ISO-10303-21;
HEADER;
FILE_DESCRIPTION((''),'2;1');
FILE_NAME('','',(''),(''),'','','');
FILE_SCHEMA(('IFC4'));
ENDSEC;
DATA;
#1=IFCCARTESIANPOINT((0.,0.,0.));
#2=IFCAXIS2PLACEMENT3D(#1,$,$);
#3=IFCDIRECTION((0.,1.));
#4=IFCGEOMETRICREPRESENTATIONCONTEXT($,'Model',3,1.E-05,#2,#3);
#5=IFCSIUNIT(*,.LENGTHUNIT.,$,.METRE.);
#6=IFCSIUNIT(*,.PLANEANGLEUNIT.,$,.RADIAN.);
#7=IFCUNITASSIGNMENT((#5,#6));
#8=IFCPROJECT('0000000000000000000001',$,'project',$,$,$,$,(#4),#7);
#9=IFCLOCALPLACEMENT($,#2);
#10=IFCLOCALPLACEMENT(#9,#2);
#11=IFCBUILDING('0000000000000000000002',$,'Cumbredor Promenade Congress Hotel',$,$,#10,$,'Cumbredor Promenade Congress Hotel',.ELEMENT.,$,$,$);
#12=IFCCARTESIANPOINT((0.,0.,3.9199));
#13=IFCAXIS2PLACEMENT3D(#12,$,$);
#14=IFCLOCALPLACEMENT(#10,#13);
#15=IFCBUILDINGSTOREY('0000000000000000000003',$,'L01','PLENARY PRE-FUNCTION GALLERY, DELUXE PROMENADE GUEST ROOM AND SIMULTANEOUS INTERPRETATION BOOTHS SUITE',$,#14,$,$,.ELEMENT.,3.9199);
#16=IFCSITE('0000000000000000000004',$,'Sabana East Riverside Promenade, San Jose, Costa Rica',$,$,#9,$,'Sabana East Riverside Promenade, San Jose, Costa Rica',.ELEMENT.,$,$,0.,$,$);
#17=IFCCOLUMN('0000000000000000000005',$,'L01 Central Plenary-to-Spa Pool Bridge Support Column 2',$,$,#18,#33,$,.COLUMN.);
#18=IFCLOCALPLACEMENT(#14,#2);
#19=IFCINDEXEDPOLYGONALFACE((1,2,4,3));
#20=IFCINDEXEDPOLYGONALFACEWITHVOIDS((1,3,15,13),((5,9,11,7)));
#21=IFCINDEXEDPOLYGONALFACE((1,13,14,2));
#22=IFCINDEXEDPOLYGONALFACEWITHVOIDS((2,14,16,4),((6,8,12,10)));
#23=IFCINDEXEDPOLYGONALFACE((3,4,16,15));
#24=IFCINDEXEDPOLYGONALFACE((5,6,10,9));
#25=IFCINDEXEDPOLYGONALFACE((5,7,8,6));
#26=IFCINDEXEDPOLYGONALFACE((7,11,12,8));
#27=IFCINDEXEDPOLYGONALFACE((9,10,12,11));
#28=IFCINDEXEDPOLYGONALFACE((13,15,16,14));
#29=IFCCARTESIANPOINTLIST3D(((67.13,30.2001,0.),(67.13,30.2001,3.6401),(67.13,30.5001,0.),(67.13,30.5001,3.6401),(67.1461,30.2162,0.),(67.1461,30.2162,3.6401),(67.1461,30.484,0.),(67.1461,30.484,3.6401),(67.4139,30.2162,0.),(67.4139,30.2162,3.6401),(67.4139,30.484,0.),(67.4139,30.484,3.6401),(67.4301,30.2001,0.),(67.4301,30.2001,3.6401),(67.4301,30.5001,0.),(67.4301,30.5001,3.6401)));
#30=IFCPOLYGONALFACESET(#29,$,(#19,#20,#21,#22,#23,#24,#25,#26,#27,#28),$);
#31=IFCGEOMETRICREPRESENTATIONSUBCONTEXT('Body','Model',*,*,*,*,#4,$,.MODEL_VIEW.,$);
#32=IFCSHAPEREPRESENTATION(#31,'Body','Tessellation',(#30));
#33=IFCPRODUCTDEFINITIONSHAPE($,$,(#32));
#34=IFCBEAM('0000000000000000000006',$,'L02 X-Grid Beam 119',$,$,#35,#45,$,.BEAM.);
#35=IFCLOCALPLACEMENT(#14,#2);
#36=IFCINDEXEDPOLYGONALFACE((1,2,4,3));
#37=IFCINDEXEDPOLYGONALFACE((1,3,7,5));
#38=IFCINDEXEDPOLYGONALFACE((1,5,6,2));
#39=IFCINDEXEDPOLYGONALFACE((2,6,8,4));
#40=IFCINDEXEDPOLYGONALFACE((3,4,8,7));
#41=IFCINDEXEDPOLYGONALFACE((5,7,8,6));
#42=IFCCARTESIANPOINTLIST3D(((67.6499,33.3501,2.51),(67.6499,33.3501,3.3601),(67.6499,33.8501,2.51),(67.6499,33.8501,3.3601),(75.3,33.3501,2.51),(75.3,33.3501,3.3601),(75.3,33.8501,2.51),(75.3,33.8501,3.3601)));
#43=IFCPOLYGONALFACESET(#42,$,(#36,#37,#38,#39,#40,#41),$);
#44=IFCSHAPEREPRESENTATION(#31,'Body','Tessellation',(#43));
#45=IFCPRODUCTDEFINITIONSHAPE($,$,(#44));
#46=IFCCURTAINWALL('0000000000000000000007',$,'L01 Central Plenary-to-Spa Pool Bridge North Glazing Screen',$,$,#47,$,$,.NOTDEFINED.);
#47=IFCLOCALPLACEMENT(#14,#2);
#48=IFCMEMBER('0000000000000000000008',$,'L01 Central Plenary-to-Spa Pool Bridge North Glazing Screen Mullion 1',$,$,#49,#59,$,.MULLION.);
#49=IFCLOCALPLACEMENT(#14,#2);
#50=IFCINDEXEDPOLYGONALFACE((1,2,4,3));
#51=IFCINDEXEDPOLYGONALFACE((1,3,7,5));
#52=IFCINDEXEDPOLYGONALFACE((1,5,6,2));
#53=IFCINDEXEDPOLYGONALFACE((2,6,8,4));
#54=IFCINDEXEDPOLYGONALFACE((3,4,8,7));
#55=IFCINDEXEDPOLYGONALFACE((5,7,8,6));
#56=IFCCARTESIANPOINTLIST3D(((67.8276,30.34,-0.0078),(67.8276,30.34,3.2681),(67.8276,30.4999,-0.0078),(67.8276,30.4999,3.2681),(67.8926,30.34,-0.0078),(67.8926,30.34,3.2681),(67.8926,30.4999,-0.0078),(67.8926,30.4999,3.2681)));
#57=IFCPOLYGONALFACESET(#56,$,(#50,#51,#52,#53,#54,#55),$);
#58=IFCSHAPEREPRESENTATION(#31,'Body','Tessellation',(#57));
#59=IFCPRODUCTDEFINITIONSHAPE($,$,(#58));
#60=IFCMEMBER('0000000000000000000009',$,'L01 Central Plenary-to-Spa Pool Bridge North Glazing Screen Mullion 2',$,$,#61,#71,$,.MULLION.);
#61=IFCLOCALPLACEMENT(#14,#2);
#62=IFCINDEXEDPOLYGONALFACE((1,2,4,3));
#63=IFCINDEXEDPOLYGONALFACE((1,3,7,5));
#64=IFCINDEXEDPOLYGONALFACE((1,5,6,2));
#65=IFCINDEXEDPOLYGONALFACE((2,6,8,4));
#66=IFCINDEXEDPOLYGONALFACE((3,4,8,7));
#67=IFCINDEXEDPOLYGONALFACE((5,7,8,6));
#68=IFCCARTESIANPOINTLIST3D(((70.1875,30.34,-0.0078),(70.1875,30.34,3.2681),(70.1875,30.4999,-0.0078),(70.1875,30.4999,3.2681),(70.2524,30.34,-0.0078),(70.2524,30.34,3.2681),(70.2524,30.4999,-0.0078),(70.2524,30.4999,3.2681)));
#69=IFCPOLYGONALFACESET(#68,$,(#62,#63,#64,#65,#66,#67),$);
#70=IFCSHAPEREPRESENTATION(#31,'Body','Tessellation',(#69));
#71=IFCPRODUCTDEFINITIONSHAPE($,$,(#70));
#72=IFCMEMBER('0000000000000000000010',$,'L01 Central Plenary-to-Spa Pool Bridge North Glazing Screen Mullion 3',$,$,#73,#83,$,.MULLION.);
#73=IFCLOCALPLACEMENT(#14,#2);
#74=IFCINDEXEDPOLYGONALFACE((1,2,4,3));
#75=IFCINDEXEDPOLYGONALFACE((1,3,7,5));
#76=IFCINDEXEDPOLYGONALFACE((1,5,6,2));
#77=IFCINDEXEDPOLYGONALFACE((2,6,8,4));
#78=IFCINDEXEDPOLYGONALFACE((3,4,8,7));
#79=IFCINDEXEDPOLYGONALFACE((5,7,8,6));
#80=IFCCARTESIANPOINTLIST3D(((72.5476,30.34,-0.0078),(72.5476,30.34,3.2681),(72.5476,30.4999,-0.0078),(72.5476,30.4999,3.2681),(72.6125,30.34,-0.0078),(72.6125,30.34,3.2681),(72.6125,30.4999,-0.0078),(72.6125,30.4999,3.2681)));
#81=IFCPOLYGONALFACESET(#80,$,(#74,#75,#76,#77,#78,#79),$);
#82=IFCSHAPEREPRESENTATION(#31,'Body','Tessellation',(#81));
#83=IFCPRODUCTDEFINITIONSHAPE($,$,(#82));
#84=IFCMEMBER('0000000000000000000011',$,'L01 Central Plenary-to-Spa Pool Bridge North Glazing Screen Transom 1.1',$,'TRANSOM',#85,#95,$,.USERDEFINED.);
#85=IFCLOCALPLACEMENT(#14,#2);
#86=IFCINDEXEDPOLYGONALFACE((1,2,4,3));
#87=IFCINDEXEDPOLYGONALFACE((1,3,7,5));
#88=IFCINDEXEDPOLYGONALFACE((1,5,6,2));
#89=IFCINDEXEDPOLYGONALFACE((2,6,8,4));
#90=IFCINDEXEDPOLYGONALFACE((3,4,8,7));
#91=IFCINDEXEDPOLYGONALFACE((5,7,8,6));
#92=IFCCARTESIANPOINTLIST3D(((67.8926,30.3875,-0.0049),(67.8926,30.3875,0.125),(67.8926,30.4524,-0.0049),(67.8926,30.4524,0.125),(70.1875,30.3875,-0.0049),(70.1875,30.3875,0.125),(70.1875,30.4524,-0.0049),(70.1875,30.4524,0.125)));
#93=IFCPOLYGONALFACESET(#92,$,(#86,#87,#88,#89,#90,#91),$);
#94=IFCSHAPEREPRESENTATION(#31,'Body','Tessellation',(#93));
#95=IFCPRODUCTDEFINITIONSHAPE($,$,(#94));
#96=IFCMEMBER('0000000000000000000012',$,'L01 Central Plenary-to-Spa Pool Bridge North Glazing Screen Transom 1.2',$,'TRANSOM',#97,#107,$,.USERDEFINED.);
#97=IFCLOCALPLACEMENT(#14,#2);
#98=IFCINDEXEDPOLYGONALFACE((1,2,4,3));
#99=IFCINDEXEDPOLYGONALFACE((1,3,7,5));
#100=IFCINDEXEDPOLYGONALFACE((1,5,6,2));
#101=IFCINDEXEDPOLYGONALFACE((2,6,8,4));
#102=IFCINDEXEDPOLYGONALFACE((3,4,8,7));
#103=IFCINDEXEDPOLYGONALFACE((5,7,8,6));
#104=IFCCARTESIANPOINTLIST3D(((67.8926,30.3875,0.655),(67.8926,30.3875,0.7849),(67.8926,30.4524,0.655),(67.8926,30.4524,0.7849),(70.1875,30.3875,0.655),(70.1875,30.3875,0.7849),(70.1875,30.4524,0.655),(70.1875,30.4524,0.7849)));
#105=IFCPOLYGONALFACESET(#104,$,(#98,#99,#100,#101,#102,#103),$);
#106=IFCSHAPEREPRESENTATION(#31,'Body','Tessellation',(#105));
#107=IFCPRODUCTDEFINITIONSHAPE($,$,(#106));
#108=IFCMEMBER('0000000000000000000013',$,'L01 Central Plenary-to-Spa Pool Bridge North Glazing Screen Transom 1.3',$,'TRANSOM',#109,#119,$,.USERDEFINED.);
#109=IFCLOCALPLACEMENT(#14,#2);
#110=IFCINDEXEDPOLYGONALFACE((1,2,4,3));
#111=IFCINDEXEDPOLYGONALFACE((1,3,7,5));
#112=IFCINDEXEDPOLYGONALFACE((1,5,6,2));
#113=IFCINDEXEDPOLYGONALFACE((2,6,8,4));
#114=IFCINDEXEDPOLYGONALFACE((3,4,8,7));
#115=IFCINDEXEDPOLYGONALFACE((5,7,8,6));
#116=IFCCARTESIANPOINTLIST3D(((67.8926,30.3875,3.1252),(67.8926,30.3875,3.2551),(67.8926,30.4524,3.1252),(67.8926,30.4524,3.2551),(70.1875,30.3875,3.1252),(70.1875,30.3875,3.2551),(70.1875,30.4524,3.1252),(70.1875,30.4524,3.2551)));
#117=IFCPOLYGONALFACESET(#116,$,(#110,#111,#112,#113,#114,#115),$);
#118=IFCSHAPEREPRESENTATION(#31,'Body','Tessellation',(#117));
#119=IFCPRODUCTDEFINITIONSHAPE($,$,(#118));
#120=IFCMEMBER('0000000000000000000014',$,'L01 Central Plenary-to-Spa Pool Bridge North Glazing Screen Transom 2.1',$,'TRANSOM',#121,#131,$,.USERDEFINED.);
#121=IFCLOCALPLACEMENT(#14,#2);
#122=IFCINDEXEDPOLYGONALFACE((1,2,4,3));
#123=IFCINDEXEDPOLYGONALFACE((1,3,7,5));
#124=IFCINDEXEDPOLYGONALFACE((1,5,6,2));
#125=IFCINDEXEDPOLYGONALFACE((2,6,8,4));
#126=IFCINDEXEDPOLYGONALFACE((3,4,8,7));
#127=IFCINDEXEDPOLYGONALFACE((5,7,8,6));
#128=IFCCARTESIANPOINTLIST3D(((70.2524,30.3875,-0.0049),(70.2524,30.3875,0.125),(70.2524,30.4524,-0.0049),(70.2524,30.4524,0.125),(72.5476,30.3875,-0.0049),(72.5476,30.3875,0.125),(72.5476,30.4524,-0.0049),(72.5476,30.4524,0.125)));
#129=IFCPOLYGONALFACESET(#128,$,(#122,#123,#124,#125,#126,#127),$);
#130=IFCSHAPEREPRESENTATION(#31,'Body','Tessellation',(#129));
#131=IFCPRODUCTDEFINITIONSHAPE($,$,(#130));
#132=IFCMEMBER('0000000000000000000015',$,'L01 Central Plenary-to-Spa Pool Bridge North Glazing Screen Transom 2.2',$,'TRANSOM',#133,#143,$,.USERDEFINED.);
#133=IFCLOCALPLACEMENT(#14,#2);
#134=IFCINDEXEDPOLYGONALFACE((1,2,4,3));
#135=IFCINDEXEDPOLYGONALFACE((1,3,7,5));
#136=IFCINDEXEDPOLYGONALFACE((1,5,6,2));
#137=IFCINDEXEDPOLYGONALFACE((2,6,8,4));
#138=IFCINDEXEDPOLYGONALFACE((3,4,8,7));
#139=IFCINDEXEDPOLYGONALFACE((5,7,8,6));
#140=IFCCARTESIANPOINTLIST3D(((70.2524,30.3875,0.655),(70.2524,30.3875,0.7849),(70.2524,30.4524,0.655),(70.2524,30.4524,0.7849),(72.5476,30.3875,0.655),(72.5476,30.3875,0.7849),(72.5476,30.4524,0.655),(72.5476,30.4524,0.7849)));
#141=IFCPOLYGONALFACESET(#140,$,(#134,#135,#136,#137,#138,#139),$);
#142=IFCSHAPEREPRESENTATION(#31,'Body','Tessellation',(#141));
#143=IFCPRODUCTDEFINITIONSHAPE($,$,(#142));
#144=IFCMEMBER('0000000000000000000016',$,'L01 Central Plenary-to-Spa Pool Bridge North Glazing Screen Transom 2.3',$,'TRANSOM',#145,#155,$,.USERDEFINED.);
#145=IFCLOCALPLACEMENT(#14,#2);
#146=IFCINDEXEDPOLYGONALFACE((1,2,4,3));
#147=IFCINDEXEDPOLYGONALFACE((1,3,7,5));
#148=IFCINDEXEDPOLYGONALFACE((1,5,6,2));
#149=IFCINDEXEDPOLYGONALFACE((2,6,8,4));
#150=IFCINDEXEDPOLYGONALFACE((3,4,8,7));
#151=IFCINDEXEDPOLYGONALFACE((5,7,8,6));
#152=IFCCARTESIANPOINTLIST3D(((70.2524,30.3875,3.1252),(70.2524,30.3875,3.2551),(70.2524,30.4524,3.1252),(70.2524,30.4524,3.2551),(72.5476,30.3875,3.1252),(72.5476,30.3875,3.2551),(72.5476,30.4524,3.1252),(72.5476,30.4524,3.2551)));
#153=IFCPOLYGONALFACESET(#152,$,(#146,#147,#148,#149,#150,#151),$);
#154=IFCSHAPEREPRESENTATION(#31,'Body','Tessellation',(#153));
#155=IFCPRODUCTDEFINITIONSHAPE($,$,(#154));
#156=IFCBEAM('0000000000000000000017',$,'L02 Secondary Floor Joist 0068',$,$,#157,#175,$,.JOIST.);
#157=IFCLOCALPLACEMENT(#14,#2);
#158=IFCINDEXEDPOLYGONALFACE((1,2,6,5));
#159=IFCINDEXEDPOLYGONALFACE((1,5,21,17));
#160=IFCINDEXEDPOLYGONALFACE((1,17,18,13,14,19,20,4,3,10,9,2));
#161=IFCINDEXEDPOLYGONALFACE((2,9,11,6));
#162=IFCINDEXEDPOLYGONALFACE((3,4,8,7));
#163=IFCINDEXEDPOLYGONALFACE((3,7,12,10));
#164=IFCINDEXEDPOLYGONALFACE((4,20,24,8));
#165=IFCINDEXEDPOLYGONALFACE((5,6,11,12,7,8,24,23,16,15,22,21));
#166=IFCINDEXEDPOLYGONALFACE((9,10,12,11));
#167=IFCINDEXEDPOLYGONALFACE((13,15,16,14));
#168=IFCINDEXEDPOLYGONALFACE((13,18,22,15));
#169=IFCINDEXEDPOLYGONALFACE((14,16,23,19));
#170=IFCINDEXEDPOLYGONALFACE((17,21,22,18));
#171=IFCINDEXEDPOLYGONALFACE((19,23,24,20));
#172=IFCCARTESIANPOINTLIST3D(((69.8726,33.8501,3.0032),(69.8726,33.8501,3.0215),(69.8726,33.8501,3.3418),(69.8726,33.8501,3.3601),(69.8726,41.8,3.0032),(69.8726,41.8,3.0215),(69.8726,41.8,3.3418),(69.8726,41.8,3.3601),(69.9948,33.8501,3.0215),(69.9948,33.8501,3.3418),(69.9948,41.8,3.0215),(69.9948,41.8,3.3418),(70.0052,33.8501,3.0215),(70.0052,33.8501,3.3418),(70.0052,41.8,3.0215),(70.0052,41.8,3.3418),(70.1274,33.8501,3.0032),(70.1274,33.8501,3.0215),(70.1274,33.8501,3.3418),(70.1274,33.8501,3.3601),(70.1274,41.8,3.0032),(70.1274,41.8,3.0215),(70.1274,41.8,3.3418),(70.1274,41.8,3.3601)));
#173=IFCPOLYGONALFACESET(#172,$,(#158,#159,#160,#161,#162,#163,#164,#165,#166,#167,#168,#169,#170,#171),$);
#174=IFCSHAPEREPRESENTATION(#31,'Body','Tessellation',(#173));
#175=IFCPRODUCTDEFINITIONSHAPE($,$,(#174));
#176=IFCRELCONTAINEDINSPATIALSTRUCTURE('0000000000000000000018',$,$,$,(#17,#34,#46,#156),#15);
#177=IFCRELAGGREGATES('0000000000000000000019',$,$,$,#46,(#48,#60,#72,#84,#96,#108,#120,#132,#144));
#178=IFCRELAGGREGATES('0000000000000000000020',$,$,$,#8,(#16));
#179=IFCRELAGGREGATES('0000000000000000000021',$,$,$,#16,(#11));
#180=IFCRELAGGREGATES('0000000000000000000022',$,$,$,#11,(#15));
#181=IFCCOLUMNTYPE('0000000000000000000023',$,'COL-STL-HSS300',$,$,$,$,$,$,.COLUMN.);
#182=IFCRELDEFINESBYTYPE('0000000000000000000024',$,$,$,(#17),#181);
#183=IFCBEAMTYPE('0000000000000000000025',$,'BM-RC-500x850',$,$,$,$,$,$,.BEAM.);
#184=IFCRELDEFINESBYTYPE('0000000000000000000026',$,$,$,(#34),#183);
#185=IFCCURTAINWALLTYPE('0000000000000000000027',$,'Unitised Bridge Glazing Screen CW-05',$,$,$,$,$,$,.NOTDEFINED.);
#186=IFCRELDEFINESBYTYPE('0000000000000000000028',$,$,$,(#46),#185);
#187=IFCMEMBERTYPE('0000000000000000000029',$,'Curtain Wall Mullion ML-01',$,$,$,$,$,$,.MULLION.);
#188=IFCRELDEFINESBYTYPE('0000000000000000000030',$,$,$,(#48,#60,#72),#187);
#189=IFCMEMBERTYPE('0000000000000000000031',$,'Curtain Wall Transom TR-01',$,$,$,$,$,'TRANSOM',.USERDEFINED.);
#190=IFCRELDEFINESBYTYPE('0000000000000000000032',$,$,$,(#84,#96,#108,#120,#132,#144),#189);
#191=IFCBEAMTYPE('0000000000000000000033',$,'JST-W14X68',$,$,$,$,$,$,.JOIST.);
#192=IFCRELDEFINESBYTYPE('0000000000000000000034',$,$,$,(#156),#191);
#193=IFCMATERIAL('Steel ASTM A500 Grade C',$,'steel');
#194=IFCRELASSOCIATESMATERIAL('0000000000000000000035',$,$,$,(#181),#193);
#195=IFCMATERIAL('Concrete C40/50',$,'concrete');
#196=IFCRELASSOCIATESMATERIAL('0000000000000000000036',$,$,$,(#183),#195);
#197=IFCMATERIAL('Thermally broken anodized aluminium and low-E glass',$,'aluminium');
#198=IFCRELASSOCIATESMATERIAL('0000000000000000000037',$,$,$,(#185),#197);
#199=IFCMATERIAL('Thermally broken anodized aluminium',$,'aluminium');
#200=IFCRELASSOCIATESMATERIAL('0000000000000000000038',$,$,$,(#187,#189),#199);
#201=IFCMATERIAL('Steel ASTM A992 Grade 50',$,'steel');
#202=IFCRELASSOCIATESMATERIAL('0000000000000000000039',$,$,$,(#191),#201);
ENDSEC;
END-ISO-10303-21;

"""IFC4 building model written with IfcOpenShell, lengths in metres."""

from ifc_helpers import new_model, si_unit, direction, frame, origin, origin_2d, place, context, subcontext, project, spatial, rectangle, hollow_rectangle, i_section, extrude, material, material_profile, profile_set, type_object, element, aggregate, save


model = new_model("IFC4")

# Units and contexts
model_context = context("Model", 3, precision=1e-05, world=origin(), true_north=direction((0.0, 1.0)))
body_context = subcontext(model_context, "Body", "Model", "MODEL_VIEW")
ifc_project = project(units=[si_unit("LENGTHUNIT", "METRE"), si_unit("PLANEANGLEUNIT", "RADIAN")], contexts=[model_context])

# Site, building, storey
site_placement = place(None, origin())
site = spatial("IfcSite", under=ifc_project, at=site_placement, Name="Sabana East Riverside Promenade, San Jose, Costa Rica", LongName="Sabana East Riverside Promenade, San Jose, Costa Rica", CompositionType="ELEMENT", RefElevation=0.0)
building_placement = place(site_placement, origin())
building = spatial("IfcBuilding", under=site, at=building_placement, Name="Cumbredor Promenade Congress Hotel", LongName="Cumbredor Promenade Congress Hotel", CompositionType="ELEMENT")
storey_placement = place(building_placement, frame((0.0, 0.0, 3.9199)))
storey = spatial("IfcBuildingStorey", under=building, at=storey_placement, Name="L01", Description="PLENARY PRE-FUNCTION GALLERY, DELUXE PROMENADE GUEST ROOM AND SIMULTANEOUS INTERPRETATION BOOTHS SUITE", CompositionType="ELEMENT", Elevation=3.9199)

# Column
ifc_material_1 = material(Name="Steel ASTM A500 Grade C", Category="steel")
ifc_material_profile_1 = material_profile(ifc_material_1, hollow_rectangle(XDim=0.3, YDim=0.3, WallThickness=0.0161, at=origin_2d()), Name="HSS 300x300x16")
ifc_profile_set_1 = profile_set([ifc_material_profile_1], Name="Steel ASTM A500 Grade C")
column_type = type_object("IfcColumnType", Name="COL-STL-HSS300", PredefinedType="COLUMN", material=ifc_profile_set_1)
column_placement = place(storey_placement, frame((67.28, 30.3501, 0.0), z_axis=(0.0, 0.0, 1.0), x_axis=(1.0, 0.0, 0.0)))
element("IfcColumn", 1, at=column_placement, inside=storey, type_object=column_type, Name="L01 Central Plenary-to-Spa Pool Bridge Support Column 2", PredefinedType="COLUMN", context=body_context, shape_type="SweptSolid", body=[
    extrude(hollow_rectangle(XDim=0.3, YDim=0.3, WallThickness=0.0161, at=origin_2d()), origin(), (0.0, 0.0, 1.0), 3.6401),
])

# Beam
ifc_material_2 = material(Name="Concrete C40/50", Category="concrete")
ifc_material_profile_2 = material_profile(ifc_material_2, rectangle(XDim=0.5, YDim=0.8501, at=origin_2d()), Name="RC BEAM 500x850")
ifc_profile_set_2 = profile_set([ifc_material_profile_2], Name="Concrete C40/50")
beam_type_1 = type_object("IfcBeamType", Name="BM-RC-500x850", PredefinedType="BEAM", material=ifc_profile_set_2)
beam_1_placement = place(storey_placement, frame((67.6499, 33.6001, 2.9351), z_axis=(1.0, 0.0, 0.0), x_axis=(0.0, 1.0, 0.0)))
element("IfcBeam", 2, at=beam_1_placement, inside=storey, type_object=beam_type_1, Name="L02 X-Grid Beam 119", PredefinedType="BEAM", context=body_context, shape_type="SweptSolid", body=[
    extrude(rectangle(XDim=0.5, YDim=0.8501, at=origin_2d()), origin(), (0.0, 0.0, 1.0), 7.6501),
])

# Curtain wall, members
ifc_material_3 = material(Name="Thermally broken anodized aluminium and low-E glass", Category="aluminium")
curtain_wall_type = type_object("IfcCurtainWallType", Name="Unitised Bridge Glazing Screen CW-05", PredefinedType="NOTDEFINED", material=ifc_material_3)
curtain_wall_placement = place(storey_placement, origin())
curtain_wall = element("IfcCurtainWall", 3, at=curtain_wall_placement, inside=storey, type_object=curtain_wall_type, Name="L01 Central Plenary-to-Spa Pool Bridge North Glazing Screen", PredefinedType="NOTDEFINED")
ifc_material_4 = material(Name="Thermally broken anodized aluminium", Category="aluminium")
ifc_material_profile_3 = material_profile(ifc_material_4, rectangle(XDim=0.0649, YDim=0.1599, at=origin_2d()), Name="ALU MULLION 65x160")
ifc_profile_set_3 = profile_set([ifc_material_profile_3], Name="Thermally broken anodized aluminium")
member_type_1 = type_object("IfcMemberType", Name="Curtain Wall Mullion ML-01", PredefinedType="MULLION", material=ifc_profile_set_3)
member_1_placement = place(storey_placement, frame((67.8601, 30.4199, -0.0078), z_axis=(0.0, 0.0, 1.0), x_axis=(1.0, 0.0, 0.0)))
member_1 = element("IfcMember", 4, at=member_1_placement, type_object=member_type_1, Name="L01 Central Plenary-to-Spa Pool Bridge North Glazing Screen Mullion 1", PredefinedType="MULLION", context=body_context, shape_type="SweptSolid", body=[
    extrude(rectangle(XDim=0.0649, YDim=0.1599, at=origin_2d()), origin(), (0.0, 0.0, 1.0), 3.2759),
])
member_2_placement = place(storey_placement, frame((70.22, 30.4199, -0.0078), z_axis=(0.0, 0.0, 1.0), x_axis=(1.0, 0.0, 0.0)))
member_2 = element("IfcMember", 5, at=member_2_placement, type_object=member_type_1, Name="L01 Central Plenary-to-Spa Pool Bridge North Glazing Screen Mullion 2", PredefinedType="MULLION", context=body_context, shape_type="SweptSolid", body=[
    extrude(rectangle(XDim=0.0649, YDim=0.1599, at=origin_2d()), origin(), (0.0, 0.0, 1.0), 3.2759),
])
member_3_placement = place(storey_placement, frame((72.5801, 30.4199, -0.0078), z_axis=(0.0, 0.0, 1.0), x_axis=(1.0, 0.0, 0.0)))
member_3 = element("IfcMember", 6, at=member_3_placement, type_object=member_type_1, Name="L01 Central Plenary-to-Spa Pool Bridge North Glazing Screen Mullion 3", PredefinedType="MULLION", context=body_context, shape_type="SweptSolid", body=[
    extrude(rectangle(XDim=0.0649, YDim=0.1599, at=origin_2d()), origin(), (0.0, 0.0, 1.0), 3.2759),
])
ifc_material_profile_4 = material_profile(ifc_material_4, rectangle(XDim=0.0649, YDim=0.1299, at=origin_2d()), Name="ALU TRANSOM 65x130")
ifc_profile_set_4 = profile_set([ifc_material_profile_4], Name="Thermally broken anodized aluminium")
member_type_2 = type_object("IfcMemberType", Name="Curtain Wall Transom TR-01", ElementType="TRANSOM", PredefinedType="USERDEFINED", material=ifc_profile_set_4)
member_4_placement = place(storey_placement, frame((67.8926, 30.4199, 0.0601), z_axis=(1.0, 0.0, 0.0), x_axis=(0.0, 1.0, 0.0)))
member_4 = element("IfcMember", 7, at=member_4_placement, type_object=member_type_2, Name="L01 Central Plenary-to-Spa Pool Bridge North Glazing Screen Transom 1.1", ObjectType="TRANSOM", PredefinedType="USERDEFINED", context=body_context, shape_type="SweptSolid", body=[
    extrude(rectangle(XDim=0.0649, YDim=0.1299, at=origin_2d()), origin(), (0.0, 0.0, 1.0), 2.2949),
])
member_5_placement = place(storey_placement, frame((67.8926, 30.4199, 0.72), z_axis=(1.0, 0.0, 0.0), x_axis=(0.0, 1.0, 0.0)))
member_5 = element("IfcMember", 8, at=member_5_placement, type_object=member_type_2, Name="L01 Central Plenary-to-Spa Pool Bridge North Glazing Screen Transom 1.2", ObjectType="TRANSOM", PredefinedType="USERDEFINED", context=body_context, shape_type="SweptSolid", body=[
    extrude(rectangle(XDim=0.0649, YDim=0.1299, at=origin_2d()), origin(), (0.0, 0.0, 1.0), 2.2949),
])
member_6_placement = place(storey_placement, frame((67.8926, 30.4199, 3.1902), z_axis=(1.0, 0.0, 0.0), x_axis=(0.0, 1.0, 0.0)))
member_6 = element("IfcMember", 9, at=member_6_placement, type_object=member_type_2, Name="L01 Central Plenary-to-Spa Pool Bridge North Glazing Screen Transom 1.3", ObjectType="TRANSOM", PredefinedType="USERDEFINED", context=body_context, shape_type="SweptSolid", body=[
    extrude(rectangle(XDim=0.0649, YDim=0.1299, at=origin_2d()), origin(), (0.0, 0.0, 1.0), 2.2949),
])
member_7_placement = place(storey_placement, frame((70.2524, 30.4199, 0.0601), z_axis=(1.0, 0.0, 0.0), x_axis=(0.0, 1.0, 0.0)))
member_7 = element("IfcMember", 10, at=member_7_placement, type_object=member_type_2, Name="L01 Central Plenary-to-Spa Pool Bridge North Glazing Screen Transom 2.1", ObjectType="TRANSOM", PredefinedType="USERDEFINED", context=body_context, shape_type="SweptSolid", body=[
    extrude(rectangle(XDim=0.0649, YDim=0.1299, at=origin_2d()), origin(), (0.0, 0.0, 1.0), 2.2952),
])
member_8_placement = place(storey_placement, frame((70.2524, 30.4199, 0.72), z_axis=(1.0, 0.0, 0.0), x_axis=(0.0, 1.0, 0.0)))
member_8 = element("IfcMember", 11, at=member_8_placement, type_object=member_type_2, Name="L01 Central Plenary-to-Spa Pool Bridge North Glazing Screen Transom 2.2", ObjectType="TRANSOM", PredefinedType="USERDEFINED", context=body_context, shape_type="SweptSolid", body=[
    extrude(rectangle(XDim=0.0649, YDim=0.1299, at=origin_2d()), origin(), (0.0, 0.0, 1.0), 2.2952),
])
member_9_placement = place(storey_placement, frame((70.2524, 30.4199, 3.1902), z_axis=(1.0, 0.0, 0.0), x_axis=(0.0, 1.0, 0.0)))
member_9 = element("IfcMember", 12, at=member_9_placement, type_object=member_type_2, Name="L01 Central Plenary-to-Spa Pool Bridge North Glazing Screen Transom 2.3", ObjectType="TRANSOM", PredefinedType="USERDEFINED", context=body_context, shape_type="SweptSolid", body=[
    extrude(rectangle(XDim=0.0649, YDim=0.1299, at=origin_2d()), origin(), (0.0, 0.0, 1.0), 2.2952),
])

# Beam
ifc_material_5 = material(Name="Steel ASTM A992 Grade 50", Category="steel")
ifc_material_profile_5 = material_profile(ifc_material_5, i_section(OverallWidth=0.2549, OverallDepth=0.3569, WebThickness=0.0105, FlangeThickness=0.0183, at=origin_2d()), Name="W14X68")
ifc_profile_set_5 = profile_set([ifc_material_profile_5], Name="Steel ASTM A992 Grade 50")
beam_type_2 = type_object("IfcBeamType", Name="JST-W14X68", PredefinedType="JOIST", material=ifc_profile_set_5)
beam_2_placement = place(storey_placement, frame((70.0, 33.8501, 3.1816), z_axis=(0.0, 1.0, 0.0), x_axis=(-1.0, 0.0, 0.0)))
element("IfcBeam", 13, at=beam_2_placement, inside=storey, type_object=beam_type_2, Name="L02 Secondary Floor Joist 0068", PredefinedType="JOIST", context=body_context, shape_type="SweptSolid", body=[
    extrude(i_section(OverallWidth=0.2549, OverallDepth=0.3569, WebThickness=0.0105, FlangeThickness=0.0183, at=origin_2d()), origin(), (0.0, 0.0, 1.0), 7.95),
])

aggregate(curtain_wall, [member_1, member_2, member_3, member_4, member_5, member_6, member_7, member_8, member_9])

save(model, "model.ifc")
